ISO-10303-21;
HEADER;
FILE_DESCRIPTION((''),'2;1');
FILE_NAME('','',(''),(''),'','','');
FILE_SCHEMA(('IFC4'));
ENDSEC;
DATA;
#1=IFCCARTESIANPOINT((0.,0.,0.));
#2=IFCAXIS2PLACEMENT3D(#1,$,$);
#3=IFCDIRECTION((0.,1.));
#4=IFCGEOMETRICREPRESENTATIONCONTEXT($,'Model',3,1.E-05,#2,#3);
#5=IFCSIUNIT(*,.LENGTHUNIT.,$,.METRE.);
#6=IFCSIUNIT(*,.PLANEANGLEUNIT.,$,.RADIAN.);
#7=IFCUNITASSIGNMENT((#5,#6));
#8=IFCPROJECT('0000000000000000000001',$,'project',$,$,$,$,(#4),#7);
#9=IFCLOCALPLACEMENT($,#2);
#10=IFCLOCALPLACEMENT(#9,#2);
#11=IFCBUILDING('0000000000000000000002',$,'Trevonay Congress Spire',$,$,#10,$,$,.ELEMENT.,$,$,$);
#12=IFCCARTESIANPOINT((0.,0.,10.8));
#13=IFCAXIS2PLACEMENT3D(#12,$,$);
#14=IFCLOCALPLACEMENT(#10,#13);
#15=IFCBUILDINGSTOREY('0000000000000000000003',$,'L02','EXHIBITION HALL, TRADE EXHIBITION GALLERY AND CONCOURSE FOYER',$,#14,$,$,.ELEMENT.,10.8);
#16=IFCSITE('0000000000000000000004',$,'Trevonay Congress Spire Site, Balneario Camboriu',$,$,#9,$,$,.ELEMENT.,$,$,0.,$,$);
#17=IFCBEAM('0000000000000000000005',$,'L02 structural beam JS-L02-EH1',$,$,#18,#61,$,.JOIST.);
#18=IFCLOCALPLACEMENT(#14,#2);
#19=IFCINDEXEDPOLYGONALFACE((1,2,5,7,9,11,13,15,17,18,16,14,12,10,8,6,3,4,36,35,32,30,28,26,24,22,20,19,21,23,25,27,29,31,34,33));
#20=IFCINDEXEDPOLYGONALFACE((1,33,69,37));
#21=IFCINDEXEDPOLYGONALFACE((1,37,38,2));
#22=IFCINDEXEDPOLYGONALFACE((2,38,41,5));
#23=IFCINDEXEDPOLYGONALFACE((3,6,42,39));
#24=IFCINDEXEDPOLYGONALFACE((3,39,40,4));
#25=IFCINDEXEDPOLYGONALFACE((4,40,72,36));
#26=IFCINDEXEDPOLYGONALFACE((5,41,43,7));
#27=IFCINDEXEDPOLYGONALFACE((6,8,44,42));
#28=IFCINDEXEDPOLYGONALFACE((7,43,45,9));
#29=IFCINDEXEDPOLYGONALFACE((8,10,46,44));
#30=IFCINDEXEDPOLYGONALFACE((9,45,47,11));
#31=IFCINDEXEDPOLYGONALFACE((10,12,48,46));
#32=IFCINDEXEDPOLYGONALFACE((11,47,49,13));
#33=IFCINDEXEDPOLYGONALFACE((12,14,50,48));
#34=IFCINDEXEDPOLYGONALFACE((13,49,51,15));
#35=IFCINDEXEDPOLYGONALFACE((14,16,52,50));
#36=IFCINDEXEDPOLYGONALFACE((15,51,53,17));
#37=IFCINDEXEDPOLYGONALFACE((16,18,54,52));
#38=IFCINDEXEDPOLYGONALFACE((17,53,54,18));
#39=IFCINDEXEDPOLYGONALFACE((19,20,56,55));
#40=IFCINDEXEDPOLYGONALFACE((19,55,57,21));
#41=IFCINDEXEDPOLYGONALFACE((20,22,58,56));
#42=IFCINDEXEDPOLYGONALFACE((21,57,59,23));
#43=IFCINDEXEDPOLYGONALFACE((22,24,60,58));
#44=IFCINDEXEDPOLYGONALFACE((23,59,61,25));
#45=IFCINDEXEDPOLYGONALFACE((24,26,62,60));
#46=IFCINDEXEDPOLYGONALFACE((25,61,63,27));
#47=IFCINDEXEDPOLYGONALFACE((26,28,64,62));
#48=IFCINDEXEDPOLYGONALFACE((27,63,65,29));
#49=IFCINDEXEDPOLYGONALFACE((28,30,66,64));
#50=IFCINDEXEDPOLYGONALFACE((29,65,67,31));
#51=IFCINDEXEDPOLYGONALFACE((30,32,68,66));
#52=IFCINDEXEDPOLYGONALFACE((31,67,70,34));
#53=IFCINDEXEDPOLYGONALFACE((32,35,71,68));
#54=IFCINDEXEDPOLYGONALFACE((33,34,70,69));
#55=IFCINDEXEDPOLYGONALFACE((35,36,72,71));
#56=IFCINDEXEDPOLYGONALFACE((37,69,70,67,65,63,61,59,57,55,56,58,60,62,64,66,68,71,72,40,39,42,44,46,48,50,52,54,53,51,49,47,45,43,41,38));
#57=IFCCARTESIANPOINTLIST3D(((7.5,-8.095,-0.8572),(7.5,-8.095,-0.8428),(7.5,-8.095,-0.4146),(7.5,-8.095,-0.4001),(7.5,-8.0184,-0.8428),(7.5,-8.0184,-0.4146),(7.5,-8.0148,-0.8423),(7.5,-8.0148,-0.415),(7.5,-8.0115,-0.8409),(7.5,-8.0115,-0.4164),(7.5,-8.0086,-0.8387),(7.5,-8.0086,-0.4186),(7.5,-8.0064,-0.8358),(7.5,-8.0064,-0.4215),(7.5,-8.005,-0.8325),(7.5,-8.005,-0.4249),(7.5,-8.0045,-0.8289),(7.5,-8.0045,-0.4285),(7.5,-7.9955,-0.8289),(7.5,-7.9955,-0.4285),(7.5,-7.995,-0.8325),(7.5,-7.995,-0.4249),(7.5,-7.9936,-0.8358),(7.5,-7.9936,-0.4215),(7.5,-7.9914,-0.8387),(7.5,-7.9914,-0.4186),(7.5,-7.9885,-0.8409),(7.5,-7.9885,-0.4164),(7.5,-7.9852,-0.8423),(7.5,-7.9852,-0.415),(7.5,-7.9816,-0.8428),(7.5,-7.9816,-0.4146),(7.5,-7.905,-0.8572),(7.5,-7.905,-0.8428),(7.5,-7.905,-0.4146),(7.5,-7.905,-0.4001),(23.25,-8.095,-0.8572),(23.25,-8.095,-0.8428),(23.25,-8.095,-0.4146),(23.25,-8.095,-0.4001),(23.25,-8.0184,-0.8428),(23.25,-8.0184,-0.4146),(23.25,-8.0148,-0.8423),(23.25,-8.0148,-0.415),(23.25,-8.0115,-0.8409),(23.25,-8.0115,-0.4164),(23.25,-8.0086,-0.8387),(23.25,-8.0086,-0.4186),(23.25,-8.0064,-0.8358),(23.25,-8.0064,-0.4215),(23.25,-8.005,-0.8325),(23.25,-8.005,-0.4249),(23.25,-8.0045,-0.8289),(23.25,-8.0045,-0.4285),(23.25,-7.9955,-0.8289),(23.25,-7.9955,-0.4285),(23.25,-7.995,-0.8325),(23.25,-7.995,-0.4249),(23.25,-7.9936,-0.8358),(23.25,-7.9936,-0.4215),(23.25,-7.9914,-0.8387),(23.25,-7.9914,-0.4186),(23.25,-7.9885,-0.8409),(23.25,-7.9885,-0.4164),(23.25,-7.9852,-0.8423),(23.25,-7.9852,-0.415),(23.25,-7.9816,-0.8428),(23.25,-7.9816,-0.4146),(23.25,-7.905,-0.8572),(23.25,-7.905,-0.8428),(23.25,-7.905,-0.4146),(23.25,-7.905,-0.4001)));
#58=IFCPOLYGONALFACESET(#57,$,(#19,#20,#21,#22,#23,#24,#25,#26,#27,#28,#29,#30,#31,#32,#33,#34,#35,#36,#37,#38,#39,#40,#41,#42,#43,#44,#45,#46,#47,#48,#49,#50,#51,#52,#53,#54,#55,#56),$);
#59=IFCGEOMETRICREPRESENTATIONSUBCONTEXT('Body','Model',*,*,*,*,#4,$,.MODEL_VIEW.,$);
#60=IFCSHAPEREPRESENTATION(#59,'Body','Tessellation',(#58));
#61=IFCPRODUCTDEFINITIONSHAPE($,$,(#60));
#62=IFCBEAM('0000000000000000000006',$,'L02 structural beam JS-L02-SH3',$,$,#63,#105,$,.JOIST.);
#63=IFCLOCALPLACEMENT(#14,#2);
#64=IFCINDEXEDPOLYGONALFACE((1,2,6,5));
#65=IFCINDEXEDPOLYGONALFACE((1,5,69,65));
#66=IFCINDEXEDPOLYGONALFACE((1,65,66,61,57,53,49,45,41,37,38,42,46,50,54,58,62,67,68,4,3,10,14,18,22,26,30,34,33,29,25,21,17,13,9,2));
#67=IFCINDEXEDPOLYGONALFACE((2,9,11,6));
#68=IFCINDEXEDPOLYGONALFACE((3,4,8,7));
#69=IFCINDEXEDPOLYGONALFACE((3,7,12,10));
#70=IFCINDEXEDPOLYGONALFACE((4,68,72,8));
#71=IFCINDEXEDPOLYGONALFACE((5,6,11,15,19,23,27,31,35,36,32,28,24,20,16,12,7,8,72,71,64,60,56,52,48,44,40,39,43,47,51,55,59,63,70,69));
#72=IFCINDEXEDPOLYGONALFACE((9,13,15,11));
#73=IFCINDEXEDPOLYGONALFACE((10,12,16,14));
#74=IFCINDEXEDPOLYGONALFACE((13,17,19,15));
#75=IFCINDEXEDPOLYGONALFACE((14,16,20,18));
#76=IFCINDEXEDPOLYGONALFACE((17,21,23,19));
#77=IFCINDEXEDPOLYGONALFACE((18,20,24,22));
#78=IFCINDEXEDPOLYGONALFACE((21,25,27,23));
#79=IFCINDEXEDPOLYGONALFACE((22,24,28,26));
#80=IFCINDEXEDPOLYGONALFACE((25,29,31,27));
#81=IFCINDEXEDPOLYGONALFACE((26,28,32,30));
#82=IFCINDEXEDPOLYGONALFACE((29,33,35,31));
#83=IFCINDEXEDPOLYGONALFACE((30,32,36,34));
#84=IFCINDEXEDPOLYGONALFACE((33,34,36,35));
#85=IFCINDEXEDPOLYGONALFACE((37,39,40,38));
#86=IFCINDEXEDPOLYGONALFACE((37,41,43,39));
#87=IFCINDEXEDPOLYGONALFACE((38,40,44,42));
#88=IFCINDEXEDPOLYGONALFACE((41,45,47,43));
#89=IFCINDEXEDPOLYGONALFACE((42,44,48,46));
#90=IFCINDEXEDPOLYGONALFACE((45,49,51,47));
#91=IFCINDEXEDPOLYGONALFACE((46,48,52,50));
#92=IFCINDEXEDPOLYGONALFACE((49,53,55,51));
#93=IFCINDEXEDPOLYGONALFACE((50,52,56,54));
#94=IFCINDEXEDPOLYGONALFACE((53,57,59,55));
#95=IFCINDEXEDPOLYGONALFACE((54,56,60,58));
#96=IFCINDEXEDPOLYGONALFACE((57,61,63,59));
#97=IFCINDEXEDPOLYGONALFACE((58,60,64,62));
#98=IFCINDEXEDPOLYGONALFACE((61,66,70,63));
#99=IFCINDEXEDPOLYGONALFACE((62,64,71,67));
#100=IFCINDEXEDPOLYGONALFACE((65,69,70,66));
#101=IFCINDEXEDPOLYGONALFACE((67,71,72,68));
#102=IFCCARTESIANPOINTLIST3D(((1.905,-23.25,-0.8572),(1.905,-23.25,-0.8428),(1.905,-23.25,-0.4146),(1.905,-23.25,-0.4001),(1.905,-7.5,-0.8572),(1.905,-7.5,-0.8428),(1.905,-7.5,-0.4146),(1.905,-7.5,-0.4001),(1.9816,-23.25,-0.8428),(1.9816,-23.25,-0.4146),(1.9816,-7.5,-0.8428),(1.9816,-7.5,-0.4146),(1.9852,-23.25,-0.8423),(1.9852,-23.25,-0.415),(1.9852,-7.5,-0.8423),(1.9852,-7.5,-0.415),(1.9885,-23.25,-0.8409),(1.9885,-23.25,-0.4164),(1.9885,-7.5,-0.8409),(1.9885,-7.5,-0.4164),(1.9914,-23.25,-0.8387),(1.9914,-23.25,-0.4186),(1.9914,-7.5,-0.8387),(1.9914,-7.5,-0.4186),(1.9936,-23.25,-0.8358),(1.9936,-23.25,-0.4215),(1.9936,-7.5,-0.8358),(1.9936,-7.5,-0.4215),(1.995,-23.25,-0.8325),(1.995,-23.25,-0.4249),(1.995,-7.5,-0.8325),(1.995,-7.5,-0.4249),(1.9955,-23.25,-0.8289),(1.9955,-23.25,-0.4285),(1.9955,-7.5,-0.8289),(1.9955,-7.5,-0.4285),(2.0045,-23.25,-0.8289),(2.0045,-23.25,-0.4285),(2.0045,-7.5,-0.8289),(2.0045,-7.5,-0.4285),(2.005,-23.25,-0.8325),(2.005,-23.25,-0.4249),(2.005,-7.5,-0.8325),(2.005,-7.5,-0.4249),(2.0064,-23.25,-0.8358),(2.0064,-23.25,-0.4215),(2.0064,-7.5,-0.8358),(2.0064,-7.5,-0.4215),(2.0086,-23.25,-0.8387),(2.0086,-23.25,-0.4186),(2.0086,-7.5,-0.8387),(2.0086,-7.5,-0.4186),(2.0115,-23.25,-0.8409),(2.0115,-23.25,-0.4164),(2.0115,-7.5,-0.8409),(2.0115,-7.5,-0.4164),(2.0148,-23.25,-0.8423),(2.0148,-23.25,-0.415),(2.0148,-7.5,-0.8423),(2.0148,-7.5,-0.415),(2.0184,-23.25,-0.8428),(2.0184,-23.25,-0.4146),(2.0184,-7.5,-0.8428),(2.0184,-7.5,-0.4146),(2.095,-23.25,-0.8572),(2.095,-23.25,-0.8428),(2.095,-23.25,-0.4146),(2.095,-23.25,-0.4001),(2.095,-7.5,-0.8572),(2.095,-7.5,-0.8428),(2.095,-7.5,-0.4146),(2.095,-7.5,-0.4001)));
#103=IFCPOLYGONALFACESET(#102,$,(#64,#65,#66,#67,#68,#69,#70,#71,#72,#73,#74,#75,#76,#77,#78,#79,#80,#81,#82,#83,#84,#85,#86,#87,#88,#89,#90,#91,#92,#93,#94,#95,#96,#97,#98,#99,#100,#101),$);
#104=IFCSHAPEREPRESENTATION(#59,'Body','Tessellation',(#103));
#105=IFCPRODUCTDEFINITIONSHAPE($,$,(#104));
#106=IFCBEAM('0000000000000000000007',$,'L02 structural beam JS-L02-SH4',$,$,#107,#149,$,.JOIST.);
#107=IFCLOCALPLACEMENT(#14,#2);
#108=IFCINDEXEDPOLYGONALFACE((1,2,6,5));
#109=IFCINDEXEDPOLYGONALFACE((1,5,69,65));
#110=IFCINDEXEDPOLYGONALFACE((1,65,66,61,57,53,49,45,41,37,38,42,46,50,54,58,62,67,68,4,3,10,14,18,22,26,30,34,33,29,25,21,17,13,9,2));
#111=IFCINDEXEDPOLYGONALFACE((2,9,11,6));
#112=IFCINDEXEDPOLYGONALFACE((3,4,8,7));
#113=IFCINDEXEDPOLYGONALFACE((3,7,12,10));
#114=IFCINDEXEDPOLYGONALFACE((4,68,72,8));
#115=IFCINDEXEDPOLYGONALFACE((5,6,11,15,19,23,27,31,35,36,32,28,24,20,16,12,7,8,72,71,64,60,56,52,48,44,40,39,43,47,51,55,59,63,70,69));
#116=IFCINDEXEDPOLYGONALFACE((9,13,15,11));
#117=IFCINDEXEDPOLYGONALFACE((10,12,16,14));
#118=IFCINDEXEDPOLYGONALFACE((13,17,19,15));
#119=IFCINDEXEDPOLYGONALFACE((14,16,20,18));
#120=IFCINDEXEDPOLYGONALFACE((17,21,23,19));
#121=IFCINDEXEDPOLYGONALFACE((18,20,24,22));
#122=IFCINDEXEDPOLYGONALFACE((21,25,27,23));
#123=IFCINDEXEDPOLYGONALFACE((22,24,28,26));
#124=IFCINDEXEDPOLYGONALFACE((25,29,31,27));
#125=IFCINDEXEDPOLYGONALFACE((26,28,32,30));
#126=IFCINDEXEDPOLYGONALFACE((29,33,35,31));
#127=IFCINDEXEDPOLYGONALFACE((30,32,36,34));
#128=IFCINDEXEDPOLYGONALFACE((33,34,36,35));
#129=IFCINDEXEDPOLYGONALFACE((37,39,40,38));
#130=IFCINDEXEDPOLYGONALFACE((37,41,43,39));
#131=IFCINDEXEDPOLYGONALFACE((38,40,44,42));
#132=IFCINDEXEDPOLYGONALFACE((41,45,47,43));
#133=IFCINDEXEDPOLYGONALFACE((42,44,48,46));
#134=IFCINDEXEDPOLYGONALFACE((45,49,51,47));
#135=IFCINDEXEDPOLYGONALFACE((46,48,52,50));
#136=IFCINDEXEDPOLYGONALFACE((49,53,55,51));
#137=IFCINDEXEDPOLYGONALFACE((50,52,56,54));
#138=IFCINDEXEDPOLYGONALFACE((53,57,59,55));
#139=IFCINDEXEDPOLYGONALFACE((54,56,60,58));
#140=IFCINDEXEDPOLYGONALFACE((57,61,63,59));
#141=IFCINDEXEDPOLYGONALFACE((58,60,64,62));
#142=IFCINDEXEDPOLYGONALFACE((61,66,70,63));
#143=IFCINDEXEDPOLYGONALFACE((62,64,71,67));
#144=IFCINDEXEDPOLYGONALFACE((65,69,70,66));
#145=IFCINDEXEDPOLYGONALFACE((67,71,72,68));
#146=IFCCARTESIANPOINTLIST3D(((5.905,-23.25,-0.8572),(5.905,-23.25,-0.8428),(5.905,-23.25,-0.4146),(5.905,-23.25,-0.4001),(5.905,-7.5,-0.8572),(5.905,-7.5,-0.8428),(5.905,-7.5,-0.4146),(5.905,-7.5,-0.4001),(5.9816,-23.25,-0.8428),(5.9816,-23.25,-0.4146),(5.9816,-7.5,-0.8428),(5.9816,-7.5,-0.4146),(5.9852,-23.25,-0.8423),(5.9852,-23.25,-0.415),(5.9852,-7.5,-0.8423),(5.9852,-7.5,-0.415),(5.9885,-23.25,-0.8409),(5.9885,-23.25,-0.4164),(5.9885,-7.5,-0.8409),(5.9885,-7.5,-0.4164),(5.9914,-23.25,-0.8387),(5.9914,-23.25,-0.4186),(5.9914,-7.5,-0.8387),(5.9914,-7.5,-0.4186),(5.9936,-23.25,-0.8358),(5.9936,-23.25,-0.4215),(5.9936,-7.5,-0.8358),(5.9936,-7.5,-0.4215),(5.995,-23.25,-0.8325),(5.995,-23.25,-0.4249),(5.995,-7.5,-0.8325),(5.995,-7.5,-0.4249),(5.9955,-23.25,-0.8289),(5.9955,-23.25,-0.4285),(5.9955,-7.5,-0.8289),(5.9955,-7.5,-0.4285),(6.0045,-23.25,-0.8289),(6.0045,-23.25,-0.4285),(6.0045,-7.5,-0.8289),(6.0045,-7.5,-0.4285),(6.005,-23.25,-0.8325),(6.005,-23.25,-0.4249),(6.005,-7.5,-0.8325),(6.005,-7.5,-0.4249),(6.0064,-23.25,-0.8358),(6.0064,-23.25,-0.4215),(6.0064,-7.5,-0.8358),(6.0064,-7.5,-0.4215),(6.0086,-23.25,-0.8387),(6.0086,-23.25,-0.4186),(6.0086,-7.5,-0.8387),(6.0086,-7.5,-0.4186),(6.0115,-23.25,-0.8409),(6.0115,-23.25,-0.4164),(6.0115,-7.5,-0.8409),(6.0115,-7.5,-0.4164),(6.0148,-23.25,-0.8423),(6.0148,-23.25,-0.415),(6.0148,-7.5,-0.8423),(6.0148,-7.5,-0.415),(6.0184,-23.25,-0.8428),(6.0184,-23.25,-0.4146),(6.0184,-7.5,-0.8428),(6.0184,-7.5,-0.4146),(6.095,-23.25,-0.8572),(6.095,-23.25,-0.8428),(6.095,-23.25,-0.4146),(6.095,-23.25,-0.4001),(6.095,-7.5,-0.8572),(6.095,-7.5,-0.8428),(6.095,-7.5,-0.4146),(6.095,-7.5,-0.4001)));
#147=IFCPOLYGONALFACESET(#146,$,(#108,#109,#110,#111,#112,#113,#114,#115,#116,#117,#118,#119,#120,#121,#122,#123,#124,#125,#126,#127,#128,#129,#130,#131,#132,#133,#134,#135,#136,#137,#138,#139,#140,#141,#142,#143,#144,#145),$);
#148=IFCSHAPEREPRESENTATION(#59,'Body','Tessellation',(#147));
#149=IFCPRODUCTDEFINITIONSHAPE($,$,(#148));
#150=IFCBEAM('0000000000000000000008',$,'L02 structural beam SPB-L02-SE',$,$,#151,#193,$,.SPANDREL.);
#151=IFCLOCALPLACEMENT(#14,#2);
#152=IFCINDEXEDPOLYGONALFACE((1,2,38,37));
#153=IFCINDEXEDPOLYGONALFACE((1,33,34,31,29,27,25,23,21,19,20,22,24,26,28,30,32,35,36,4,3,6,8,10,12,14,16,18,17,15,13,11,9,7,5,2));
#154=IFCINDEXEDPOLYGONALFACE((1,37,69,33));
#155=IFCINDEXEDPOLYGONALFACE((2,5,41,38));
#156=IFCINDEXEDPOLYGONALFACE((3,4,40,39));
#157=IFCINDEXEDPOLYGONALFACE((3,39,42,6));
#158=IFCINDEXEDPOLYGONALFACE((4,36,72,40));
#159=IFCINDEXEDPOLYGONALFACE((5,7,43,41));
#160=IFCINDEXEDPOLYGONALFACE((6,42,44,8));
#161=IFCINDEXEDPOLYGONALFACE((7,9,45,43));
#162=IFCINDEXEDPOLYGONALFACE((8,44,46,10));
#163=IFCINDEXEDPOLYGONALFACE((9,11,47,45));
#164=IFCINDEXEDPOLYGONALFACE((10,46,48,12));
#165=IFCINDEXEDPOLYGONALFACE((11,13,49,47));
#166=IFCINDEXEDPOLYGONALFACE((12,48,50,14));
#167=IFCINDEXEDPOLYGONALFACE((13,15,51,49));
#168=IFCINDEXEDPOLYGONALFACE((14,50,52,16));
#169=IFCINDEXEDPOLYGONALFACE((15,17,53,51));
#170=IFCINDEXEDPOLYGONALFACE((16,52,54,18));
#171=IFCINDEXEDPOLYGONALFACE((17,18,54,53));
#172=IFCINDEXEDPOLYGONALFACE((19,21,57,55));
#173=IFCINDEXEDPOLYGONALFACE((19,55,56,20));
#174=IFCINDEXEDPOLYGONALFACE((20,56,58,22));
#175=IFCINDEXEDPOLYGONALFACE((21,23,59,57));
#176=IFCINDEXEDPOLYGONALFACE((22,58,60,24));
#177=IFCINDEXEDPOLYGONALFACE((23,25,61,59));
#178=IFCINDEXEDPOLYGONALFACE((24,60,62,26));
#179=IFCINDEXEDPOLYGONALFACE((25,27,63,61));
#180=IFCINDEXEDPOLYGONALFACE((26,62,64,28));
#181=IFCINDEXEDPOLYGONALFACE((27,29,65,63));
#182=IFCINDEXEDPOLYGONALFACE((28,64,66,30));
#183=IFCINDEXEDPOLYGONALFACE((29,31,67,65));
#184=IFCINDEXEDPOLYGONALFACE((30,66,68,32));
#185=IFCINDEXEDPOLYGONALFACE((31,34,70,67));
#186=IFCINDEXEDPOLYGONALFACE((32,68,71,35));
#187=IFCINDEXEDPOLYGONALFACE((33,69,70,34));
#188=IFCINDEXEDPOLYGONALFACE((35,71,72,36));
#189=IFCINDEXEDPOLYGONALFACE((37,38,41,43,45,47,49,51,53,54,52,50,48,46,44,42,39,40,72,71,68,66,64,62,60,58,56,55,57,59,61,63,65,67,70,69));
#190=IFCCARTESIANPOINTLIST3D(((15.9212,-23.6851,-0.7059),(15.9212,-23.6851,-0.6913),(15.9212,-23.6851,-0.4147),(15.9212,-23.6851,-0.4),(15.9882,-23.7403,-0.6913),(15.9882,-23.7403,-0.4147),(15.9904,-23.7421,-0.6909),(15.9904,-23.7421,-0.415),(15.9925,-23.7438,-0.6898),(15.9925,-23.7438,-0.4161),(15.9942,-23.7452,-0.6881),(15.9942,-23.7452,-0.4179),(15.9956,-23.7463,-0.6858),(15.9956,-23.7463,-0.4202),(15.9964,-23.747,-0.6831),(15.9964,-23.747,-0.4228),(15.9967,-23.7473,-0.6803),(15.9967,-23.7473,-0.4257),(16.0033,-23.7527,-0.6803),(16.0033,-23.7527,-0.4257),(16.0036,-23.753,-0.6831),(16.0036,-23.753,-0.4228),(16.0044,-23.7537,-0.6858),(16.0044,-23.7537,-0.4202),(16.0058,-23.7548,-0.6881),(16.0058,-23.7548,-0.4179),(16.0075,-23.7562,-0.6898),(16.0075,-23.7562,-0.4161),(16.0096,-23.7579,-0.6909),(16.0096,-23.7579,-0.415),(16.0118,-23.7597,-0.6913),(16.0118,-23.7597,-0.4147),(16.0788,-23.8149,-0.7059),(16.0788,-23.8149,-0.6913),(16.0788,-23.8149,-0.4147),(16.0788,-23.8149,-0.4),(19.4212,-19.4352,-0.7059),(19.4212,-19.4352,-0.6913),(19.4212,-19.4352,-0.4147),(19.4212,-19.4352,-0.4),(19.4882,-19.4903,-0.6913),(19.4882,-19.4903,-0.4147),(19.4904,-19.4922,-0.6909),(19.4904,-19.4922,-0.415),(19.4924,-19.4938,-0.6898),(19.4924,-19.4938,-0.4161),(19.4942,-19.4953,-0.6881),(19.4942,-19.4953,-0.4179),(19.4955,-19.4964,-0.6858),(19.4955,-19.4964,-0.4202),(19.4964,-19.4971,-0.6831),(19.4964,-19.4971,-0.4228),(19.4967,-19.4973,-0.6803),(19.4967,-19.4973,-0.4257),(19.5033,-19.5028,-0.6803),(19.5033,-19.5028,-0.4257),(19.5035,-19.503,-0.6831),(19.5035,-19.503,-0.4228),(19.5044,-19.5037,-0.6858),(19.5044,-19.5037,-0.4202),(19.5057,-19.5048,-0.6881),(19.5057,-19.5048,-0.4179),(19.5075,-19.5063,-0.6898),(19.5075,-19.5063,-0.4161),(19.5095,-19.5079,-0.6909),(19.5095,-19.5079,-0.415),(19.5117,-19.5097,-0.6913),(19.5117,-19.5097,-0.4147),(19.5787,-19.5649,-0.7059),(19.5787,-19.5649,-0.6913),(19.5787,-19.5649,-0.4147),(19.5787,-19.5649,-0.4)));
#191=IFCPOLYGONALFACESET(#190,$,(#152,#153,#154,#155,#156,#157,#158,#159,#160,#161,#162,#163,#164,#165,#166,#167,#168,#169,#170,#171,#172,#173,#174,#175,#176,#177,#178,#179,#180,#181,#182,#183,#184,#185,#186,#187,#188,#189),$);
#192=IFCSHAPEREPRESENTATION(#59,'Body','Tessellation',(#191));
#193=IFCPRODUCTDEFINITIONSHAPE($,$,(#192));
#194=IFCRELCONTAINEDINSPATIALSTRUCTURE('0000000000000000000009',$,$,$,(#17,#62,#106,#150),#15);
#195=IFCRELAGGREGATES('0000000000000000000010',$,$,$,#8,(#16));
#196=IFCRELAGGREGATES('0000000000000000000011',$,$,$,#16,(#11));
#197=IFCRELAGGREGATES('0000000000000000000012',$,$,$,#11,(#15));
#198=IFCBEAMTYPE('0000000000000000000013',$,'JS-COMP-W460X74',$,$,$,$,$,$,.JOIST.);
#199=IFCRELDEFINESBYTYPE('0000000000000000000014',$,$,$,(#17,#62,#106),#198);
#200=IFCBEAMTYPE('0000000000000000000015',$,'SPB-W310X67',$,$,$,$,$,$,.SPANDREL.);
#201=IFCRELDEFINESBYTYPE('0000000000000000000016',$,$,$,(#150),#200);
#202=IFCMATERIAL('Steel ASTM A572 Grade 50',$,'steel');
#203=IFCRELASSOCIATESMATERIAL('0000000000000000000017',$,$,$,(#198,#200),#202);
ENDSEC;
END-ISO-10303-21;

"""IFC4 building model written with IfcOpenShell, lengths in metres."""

from ifc_helpers import new_model, si_unit, direction, frame, origin, origin_2d, place, context, subcontext, project, spatial, i_section, extrude, material, material_profile, profile_set, type_object, element, save


model = new_model("IFC4")

# Units and contexts
model_context = context("Model", 3, precision=1e-05, world=origin(), true_north=direction((0.0, 1.0)))
body_context = subcontext(model_context, "Body", "Model", "MODEL_VIEW")
ifc_project = project(units=[si_unit("LENGTHUNIT", "METRE"), si_unit("PLANEANGLEUNIT", "RADIAN")], contexts=[model_context])

# Site, building, storey
site_placement = place(None, origin())
site = spatial("IfcSite", under=ifc_project, at=site_placement, Name="Trevonay Congress Spire Site, Balneario Camboriu", CompositionType="ELEMENT", RefElevation=0.0)
building_placement = place(site_placement, origin())
building = spatial("IfcBuilding", under=site, at=building_placement, Name="Trevonay Congress Spire", CompositionType="ELEMENT")
storey_placement = place(building_placement, frame((0.0, 0.0, 10.8)))
storey = spatial("IfcBuildingStorey", under=building, at=storey_placement, Name="L02", Description="EXHIBITION HALL, TRADE EXHIBITION GALLERY AND CONCOURSE FOYER", CompositionType="ELEMENT", Elevation=10.8)

# Shared definitions
ifc_material_1 = material(Name="Steel ASTM A572 Grade 50", Category="steel")

# Beams
ifc_material_profile_1 = material_profile(ifc_material_1, i_section(OverallWidth=0.1899, OverallDepth=0.457, WebThickness=0.009, FlangeThickness=0.0144, FilletRadius=0.0139, at=origin_2d()), Name="W460x74")
ifc_profile_set_1 = profile_set([ifc_material_profile_1], Name="Steel ASTM A572 Grade 50")
beam_type_1 = type_object("IfcBeamType", Name="JS-COMP-W460X74", PredefinedType="JOIST", material=ifc_profile_set_1)
for number, where, z_axis, x_axis, name in (
    (1, (7.5, -8.0, -0.6287), (1.0, 0.0, 0.0), (0.0, 1.0, 0.0), "L02 structural beam JS-L02-EH1"),
    (2, (2.0, -23.25, -0.6287), (0.0, 1.0, 0.0), (-1.0, 0.0, 0.0), "L02 structural beam JS-L02-SH3"),
    (3, (6.0, -23.25, -0.6287), (0.0, 1.0, 0.0), (-1.0, 0.0, 0.0), "L02 structural beam JS-L02-SH4"),
):
    element("IfcBeam", number, at=place(storey_placement, frame(where, z_axis=z_axis, x_axis=x_axis)), inside=storey, type_object=beam_type_1, Name=name, PredefinedType="JOIST", context=body_context, shape_type="SweptSolid", body=[
        extrude(i_section(OverallWidth=0.1899, OverallDepth=0.457, WebThickness=0.009, FlangeThickness=0.0144, FilletRadius=0.0139, at=origin_2d()), origin(), (0.0, 0.0, 1.0), 15.75),
    ])
ifc_material_profile_2 = material_profile(ifc_material_1, i_section(OverallWidth=0.2041, OverallDepth=0.3059, WebThickness=0.0085, FlangeThickness=0.0146, FilletRadius=0.011, at=origin_2d()), Name="W310x67")
ifc_profile_set_2 = profile_set([ifc_material_profile_2], Name="Steel ASTM A572 Grade 50")
beam_type_2 = type_object("IfcBeamType", Name="SPB-W310X67", PredefinedType="SPANDREL", material=ifc_profile_set_2)
beam_1_placement = place(storey_placement, frame((16.0, -23.75, -0.553), z_axis=(0.635707, 0.77193, 0.0), x_axis=(-0.77193, 0.635707, 0.0)))
element("IfcBeam", 4, at=beam_1_placement, inside=storey, type_object=beam_type_2, Name="L02 structural beam SPB-L02-SE", PredefinedType="SPANDREL", context=body_context, shape_type="SweptSolid", body=[
    extrude(i_section(OverallWidth=0.2041, OverallDepth=0.3059, WebThickness=0.0085, FlangeThickness=0.0146, FilletRadius=0.011, at=origin_2d()), origin(), (0.0, 0.0, 1.0), 5.5056),
])

save(model, "model.ifc")
